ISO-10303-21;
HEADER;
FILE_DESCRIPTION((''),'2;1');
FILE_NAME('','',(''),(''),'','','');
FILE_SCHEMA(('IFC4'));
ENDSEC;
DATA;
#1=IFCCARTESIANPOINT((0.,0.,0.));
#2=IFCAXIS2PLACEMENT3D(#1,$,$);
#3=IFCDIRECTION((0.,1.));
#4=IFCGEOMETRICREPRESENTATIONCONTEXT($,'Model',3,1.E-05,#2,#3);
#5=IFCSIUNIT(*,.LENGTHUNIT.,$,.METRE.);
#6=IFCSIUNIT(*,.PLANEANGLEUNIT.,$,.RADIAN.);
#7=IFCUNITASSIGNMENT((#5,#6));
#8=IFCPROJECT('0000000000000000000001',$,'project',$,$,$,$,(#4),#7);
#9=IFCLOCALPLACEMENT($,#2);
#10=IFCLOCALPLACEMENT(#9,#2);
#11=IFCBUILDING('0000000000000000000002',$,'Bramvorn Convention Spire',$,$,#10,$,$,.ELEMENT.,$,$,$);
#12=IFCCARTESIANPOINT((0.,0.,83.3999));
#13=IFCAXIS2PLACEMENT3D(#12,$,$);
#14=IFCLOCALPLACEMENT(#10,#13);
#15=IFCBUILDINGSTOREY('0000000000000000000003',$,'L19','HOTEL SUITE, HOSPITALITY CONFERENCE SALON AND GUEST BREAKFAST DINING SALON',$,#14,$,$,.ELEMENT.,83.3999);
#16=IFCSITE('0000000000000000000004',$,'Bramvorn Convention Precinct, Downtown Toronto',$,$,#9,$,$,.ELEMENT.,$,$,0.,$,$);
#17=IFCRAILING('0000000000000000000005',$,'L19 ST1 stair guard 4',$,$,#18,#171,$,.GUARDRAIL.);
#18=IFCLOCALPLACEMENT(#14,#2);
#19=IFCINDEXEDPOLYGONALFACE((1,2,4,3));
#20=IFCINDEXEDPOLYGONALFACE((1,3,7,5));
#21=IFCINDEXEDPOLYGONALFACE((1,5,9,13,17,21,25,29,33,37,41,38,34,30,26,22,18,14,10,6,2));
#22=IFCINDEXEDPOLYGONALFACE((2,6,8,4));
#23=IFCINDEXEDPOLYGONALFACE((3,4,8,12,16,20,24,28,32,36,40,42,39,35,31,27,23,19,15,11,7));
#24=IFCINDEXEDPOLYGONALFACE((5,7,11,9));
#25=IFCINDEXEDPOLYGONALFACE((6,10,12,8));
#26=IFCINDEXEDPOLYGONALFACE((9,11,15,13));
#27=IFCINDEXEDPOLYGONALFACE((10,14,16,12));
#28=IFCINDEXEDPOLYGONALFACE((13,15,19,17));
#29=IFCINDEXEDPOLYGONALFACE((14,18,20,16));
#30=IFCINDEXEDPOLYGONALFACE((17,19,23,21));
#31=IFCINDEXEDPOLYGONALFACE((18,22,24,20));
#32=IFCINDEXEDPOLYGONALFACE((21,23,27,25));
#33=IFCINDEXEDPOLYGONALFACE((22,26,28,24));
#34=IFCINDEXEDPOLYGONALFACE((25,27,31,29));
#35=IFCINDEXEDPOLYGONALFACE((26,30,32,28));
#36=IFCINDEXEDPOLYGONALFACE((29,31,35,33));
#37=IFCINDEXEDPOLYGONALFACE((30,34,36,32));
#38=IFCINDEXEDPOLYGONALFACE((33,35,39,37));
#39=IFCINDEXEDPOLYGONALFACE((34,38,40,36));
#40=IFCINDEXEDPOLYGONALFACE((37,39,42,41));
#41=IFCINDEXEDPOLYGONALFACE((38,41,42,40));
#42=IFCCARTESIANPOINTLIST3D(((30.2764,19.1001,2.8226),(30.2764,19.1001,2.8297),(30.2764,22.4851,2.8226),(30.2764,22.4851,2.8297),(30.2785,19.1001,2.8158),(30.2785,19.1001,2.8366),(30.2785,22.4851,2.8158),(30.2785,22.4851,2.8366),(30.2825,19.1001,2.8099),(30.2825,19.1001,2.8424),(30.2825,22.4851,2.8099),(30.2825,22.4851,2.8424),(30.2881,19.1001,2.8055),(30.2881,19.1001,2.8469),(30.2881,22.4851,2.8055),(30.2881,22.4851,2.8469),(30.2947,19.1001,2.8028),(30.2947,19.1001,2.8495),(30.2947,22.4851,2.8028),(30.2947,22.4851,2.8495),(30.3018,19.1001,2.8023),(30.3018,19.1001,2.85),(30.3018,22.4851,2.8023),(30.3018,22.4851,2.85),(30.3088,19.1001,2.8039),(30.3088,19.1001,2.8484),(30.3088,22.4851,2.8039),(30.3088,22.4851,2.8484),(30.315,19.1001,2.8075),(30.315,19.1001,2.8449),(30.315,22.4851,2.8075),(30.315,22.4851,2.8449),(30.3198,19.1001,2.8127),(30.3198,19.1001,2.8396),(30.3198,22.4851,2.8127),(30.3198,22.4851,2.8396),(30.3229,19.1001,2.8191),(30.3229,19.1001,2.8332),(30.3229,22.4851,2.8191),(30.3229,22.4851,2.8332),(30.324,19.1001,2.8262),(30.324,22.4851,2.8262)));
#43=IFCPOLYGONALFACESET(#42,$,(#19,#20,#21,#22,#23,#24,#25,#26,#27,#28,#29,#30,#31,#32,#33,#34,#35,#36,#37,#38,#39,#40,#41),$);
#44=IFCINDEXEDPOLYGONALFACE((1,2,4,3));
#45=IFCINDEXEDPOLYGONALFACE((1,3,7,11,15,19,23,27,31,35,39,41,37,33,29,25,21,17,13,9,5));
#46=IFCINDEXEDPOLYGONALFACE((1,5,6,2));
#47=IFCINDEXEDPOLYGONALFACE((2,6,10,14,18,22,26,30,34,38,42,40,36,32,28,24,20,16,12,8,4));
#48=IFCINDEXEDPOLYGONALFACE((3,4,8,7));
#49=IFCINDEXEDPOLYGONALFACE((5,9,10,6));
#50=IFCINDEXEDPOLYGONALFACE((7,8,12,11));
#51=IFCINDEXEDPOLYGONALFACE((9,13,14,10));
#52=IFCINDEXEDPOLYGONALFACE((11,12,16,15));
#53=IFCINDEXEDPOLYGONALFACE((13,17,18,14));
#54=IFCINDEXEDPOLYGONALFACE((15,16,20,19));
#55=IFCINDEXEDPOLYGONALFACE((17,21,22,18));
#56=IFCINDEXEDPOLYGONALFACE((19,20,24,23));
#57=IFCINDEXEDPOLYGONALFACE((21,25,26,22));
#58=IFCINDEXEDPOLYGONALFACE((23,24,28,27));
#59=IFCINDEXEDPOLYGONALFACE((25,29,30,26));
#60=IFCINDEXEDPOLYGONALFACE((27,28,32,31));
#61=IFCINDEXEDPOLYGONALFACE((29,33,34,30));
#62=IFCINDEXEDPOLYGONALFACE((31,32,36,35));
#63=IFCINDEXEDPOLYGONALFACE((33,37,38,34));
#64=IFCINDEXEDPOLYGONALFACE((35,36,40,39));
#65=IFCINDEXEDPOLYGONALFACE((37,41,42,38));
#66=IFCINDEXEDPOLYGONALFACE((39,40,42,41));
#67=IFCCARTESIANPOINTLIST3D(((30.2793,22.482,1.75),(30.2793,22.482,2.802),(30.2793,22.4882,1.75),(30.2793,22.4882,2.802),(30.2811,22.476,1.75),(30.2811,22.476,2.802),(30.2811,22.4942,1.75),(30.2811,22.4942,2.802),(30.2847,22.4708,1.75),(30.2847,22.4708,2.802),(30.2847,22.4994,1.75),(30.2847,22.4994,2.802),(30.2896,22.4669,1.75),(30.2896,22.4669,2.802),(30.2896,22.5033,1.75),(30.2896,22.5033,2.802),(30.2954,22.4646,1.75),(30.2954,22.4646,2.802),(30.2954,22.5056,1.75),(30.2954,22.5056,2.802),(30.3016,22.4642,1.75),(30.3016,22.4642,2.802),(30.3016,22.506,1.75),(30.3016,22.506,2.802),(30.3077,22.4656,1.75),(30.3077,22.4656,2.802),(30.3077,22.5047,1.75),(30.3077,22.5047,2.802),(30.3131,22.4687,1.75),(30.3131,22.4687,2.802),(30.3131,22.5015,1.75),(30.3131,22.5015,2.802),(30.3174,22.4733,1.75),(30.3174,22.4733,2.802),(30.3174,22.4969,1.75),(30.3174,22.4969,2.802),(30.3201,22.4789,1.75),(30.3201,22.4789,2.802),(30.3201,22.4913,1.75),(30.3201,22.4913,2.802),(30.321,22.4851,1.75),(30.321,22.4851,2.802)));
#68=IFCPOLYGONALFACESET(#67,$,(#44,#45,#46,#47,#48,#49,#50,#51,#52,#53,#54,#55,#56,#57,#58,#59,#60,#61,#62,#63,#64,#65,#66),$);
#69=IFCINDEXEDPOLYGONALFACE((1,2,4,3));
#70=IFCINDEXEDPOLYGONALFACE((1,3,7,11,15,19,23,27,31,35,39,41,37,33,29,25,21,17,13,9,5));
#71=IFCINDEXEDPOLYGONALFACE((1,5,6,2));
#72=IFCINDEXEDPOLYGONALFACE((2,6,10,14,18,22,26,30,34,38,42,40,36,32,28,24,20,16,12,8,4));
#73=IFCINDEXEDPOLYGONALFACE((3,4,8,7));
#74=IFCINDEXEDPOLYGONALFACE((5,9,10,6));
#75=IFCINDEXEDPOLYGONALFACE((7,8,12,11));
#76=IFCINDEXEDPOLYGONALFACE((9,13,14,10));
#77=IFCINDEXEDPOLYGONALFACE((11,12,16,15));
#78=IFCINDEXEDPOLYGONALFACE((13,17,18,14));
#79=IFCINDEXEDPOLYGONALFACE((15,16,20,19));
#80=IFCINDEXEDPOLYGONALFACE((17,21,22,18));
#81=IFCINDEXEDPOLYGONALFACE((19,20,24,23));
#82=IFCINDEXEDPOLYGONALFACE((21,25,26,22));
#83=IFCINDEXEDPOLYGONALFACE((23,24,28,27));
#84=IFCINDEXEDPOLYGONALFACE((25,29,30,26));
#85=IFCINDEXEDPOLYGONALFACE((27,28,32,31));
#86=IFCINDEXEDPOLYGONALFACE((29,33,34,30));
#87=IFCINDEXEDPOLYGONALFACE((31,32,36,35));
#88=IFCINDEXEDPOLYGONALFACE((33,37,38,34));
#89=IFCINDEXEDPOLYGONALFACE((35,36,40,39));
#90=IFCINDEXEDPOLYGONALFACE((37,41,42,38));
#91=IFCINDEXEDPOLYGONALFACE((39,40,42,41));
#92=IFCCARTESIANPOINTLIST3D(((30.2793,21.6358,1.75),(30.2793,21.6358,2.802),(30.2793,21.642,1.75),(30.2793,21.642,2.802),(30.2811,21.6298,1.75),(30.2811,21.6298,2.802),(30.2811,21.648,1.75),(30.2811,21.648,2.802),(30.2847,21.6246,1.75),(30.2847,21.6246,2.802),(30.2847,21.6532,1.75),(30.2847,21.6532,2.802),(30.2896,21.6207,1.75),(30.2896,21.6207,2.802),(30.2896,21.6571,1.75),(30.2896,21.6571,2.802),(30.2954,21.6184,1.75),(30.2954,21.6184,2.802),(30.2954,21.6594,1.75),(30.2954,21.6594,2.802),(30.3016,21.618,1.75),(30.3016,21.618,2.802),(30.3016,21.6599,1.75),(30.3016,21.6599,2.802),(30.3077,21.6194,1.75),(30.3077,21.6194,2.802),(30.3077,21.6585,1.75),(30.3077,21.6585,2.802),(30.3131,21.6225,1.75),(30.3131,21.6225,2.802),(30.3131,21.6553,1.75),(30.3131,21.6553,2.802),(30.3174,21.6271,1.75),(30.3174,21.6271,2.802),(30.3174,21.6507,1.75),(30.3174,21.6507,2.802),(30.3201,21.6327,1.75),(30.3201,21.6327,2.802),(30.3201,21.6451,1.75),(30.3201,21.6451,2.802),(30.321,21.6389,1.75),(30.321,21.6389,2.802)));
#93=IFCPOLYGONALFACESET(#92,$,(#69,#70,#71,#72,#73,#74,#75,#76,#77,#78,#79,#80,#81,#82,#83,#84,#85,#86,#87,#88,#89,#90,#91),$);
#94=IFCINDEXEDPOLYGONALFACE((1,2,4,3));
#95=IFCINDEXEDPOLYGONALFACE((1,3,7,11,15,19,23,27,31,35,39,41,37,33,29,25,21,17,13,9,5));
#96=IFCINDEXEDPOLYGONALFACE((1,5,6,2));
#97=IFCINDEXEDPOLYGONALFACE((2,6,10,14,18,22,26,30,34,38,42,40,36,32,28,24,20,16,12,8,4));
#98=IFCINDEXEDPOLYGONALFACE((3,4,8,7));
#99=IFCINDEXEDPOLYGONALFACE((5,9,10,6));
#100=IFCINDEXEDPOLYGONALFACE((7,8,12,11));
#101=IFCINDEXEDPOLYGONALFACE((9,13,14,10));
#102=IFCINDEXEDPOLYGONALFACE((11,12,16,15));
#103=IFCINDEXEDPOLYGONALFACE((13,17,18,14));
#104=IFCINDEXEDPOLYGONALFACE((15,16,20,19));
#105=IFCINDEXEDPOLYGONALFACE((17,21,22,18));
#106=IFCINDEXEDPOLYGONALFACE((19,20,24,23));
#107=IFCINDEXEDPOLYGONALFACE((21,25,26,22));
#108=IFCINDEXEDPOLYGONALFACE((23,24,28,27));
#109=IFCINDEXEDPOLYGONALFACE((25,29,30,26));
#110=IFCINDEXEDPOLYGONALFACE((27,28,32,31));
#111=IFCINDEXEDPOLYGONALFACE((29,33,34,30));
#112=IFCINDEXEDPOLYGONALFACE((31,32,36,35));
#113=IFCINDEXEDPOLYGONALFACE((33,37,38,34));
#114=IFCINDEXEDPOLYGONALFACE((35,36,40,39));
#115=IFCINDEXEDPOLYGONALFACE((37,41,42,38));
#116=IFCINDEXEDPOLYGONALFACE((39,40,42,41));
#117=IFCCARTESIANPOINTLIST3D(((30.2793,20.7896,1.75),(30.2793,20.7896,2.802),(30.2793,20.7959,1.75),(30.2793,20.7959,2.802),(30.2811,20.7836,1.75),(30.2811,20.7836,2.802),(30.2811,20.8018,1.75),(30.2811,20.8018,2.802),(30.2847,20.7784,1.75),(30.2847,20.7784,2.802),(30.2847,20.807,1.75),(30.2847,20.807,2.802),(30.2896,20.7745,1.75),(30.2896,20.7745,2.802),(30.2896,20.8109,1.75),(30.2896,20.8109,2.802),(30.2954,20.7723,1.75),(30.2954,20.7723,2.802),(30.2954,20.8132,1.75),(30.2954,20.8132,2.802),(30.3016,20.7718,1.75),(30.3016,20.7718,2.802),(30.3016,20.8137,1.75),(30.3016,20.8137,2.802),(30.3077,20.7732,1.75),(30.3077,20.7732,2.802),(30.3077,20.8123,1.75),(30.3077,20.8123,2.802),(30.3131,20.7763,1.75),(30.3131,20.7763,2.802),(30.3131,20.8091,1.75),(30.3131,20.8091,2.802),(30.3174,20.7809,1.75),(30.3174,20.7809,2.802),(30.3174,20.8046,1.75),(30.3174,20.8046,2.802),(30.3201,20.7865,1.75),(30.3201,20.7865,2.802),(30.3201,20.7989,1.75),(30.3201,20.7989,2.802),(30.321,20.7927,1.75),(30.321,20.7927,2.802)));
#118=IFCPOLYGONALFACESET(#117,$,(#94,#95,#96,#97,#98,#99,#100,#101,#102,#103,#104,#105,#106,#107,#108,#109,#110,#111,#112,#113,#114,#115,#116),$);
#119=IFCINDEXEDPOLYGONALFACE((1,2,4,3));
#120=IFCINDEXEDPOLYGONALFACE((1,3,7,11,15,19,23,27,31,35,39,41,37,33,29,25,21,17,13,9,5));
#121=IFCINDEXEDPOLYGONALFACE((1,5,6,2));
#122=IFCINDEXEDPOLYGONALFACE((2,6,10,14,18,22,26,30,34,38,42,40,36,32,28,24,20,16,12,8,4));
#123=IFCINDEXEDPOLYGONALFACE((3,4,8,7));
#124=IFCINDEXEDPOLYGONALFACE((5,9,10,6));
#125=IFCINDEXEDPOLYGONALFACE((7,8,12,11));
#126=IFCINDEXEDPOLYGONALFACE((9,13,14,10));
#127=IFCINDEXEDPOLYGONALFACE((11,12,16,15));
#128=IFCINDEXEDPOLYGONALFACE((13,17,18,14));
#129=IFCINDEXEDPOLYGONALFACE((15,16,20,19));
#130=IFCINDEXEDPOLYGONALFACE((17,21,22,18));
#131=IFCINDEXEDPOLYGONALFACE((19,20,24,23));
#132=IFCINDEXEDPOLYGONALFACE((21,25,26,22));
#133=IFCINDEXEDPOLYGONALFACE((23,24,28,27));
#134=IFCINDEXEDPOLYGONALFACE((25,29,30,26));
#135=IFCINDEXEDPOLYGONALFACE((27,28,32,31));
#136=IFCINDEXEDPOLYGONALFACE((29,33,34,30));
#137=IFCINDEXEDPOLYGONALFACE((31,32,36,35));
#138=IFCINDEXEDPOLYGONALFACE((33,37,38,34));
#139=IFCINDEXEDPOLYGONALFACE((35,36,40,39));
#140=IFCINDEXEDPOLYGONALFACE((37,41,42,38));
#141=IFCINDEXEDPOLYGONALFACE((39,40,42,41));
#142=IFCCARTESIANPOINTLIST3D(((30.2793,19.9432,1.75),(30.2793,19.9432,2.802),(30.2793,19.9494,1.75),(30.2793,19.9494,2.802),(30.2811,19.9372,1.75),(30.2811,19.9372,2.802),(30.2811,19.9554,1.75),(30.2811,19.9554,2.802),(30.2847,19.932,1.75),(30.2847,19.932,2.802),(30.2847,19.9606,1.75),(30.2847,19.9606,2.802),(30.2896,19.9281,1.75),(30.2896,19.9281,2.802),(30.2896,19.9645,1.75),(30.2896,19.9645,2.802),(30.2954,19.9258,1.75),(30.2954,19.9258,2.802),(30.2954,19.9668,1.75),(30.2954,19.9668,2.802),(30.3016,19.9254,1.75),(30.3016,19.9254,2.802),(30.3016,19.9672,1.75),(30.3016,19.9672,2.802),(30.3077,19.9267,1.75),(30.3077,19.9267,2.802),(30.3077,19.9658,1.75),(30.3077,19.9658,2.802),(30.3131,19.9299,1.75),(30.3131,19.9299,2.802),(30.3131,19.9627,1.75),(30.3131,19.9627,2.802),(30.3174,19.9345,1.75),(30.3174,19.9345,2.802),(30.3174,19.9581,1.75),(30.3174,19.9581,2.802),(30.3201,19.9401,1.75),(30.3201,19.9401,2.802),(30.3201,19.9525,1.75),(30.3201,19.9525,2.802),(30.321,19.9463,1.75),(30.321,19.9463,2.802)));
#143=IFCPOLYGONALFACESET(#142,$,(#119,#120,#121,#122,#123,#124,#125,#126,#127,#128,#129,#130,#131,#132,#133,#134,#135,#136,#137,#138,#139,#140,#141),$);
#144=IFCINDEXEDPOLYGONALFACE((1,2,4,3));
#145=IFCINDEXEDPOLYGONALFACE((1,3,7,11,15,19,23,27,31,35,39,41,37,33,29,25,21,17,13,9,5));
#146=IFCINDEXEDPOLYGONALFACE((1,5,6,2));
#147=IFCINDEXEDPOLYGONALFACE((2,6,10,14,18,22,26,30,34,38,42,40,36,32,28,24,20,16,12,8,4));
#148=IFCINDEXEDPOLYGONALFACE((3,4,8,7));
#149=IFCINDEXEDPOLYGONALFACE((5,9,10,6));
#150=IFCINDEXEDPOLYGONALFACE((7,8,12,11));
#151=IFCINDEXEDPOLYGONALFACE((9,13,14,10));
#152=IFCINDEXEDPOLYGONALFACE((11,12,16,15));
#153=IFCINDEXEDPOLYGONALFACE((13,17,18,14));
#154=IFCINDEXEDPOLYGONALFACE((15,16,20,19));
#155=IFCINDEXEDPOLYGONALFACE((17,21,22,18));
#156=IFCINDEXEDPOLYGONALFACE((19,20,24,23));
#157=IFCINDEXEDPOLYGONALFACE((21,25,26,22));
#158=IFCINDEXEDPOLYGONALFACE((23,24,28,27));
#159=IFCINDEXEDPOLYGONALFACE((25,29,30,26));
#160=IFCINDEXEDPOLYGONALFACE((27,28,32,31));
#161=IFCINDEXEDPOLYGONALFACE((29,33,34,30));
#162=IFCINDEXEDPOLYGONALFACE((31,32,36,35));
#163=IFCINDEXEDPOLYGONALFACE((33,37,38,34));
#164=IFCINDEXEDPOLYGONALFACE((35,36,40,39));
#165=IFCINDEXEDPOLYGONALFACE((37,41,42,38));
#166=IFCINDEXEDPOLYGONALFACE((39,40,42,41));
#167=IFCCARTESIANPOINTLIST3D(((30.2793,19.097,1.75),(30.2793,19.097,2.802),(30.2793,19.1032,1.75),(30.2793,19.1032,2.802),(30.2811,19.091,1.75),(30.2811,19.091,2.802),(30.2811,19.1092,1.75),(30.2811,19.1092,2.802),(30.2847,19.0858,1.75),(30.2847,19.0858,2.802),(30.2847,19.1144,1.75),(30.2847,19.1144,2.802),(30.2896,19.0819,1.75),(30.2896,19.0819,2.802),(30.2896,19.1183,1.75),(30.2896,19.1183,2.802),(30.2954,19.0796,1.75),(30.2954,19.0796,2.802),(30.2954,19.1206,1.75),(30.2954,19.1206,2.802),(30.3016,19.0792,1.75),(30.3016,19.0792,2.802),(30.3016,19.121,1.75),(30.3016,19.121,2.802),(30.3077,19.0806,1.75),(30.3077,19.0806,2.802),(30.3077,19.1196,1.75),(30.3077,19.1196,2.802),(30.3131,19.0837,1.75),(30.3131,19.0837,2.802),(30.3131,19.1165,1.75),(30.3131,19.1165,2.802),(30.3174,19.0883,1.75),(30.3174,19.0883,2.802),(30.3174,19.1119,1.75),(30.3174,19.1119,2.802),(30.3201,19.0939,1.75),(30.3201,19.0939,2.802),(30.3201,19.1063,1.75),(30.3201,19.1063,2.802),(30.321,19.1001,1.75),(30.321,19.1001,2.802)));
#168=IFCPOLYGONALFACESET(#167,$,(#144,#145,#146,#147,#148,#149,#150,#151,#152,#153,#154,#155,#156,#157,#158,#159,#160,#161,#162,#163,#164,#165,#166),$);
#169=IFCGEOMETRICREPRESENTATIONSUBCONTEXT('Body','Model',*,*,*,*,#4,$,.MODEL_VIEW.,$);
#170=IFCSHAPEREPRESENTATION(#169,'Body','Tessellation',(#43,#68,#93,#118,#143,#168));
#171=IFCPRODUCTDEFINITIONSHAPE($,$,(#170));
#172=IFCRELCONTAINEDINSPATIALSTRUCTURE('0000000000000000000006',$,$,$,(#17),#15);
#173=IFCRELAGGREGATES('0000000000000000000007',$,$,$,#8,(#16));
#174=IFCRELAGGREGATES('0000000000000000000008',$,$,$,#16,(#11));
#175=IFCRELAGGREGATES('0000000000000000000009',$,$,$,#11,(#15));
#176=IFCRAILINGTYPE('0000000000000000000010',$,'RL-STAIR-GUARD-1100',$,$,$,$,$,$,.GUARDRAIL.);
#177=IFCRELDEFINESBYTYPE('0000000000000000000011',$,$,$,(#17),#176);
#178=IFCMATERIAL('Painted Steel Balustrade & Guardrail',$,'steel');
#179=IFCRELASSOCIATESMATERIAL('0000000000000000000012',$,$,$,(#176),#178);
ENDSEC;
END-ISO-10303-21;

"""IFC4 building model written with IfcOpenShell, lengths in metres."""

from ifc_helpers import new_model, si_unit, direction, frame, origin, origin_2d, place, context, subcontext, project, spatial, circle, extrude, material, type_object, element, save


model = new_model("IFC4")

# Units and contexts
model_context = context("Model", 3, precision=1e-05, world=origin(), true_north=direction((0.0, 1.0)))
body_context = subcontext(model_context, "Body", "Model", "MODEL_VIEW")
ifc_project = project(units=[si_unit("LENGTHUNIT", "METRE"), si_unit("PLANEANGLEUNIT", "RADIAN")], contexts=[model_context])

# Site, building, storey
site_placement = place(None, origin())
site = spatial("IfcSite", under=ifc_project, at=site_placement, Name="Bramvorn Convention Precinct, Downtown Toronto", CompositionType="ELEMENT", RefElevation=0.0)
building_placement = place(site_placement, origin())
building = spatial("IfcBuilding", under=site, at=building_placement, Name="Bramvorn Convention Spire", CompositionType="ELEMENT")
storey_placement = place(building_placement, frame((0.0, 0.0, 83.3999)))
storey = spatial("IfcBuildingStorey", under=building, at=storey_placement, Name="L19", Description="HOTEL SUITE, HOSPITALITY CONFERENCE SALON AND GUEST BREAKFAST DINING SALON", CompositionType="ELEMENT", Elevation=83.3999)

# Railing
ifc_material_1 = material(Name="Painted Steel Balustrade & Guardrail", Category="steel")
railing_type_1 = type_object("IfcRailingType", Name="RL-STAIR-GUARD-1100", PredefinedType="GUARDRAIL", material=ifc_material_1)
for number, where, name in (
    (1, (30.3, 22.4851, 1.75), "L19 ST1 stair guard 4"),
):
    element("IfcRailing", number, at=place(storey_placement, frame(where)), inside=storey, type_object=railing_type_1, Name=name, PredefinedType="GUARDRAIL", context=body_context, shape_type="SweptSolid", body=[
        extrude(circle(Radius=0.0239, at=origin_2d()), frame((0.0, 0.0, 1.0762), z_axis=(0.0, -1.0, 0.0), x_axis=(1.0, 0.0, 0.0)), (0.0, 0.0, 1.0), 3.385),
        extrude(circle(Radius=0.021, at=origin_2d()), origin(), (0.0, 0.0, 1.0), 1.052),
        extrude(circle(Radius=0.021, at=origin_2d()), frame((0.0, -0.8462, 0.0)), (0.0, 0.0, 1.0), 1.052),
        extrude(circle(Radius=0.021, at=origin_2d()), frame((0.0, -1.6924, 0.0)), (0.0, 0.0, 1.0), 1.052),
        extrude(circle(Radius=0.021, at=origin_2d()), frame((0.0, -2.5388, 0.0)), (0.0, 0.0, 1.0), 1.052),
        extrude(circle(Radius=0.021, at=origin_2d()), frame((0.0, -3.385, 0.0)), (0.0, 0.0, 1.0), 1.052),
    ])

save(model, "model.ifc")
